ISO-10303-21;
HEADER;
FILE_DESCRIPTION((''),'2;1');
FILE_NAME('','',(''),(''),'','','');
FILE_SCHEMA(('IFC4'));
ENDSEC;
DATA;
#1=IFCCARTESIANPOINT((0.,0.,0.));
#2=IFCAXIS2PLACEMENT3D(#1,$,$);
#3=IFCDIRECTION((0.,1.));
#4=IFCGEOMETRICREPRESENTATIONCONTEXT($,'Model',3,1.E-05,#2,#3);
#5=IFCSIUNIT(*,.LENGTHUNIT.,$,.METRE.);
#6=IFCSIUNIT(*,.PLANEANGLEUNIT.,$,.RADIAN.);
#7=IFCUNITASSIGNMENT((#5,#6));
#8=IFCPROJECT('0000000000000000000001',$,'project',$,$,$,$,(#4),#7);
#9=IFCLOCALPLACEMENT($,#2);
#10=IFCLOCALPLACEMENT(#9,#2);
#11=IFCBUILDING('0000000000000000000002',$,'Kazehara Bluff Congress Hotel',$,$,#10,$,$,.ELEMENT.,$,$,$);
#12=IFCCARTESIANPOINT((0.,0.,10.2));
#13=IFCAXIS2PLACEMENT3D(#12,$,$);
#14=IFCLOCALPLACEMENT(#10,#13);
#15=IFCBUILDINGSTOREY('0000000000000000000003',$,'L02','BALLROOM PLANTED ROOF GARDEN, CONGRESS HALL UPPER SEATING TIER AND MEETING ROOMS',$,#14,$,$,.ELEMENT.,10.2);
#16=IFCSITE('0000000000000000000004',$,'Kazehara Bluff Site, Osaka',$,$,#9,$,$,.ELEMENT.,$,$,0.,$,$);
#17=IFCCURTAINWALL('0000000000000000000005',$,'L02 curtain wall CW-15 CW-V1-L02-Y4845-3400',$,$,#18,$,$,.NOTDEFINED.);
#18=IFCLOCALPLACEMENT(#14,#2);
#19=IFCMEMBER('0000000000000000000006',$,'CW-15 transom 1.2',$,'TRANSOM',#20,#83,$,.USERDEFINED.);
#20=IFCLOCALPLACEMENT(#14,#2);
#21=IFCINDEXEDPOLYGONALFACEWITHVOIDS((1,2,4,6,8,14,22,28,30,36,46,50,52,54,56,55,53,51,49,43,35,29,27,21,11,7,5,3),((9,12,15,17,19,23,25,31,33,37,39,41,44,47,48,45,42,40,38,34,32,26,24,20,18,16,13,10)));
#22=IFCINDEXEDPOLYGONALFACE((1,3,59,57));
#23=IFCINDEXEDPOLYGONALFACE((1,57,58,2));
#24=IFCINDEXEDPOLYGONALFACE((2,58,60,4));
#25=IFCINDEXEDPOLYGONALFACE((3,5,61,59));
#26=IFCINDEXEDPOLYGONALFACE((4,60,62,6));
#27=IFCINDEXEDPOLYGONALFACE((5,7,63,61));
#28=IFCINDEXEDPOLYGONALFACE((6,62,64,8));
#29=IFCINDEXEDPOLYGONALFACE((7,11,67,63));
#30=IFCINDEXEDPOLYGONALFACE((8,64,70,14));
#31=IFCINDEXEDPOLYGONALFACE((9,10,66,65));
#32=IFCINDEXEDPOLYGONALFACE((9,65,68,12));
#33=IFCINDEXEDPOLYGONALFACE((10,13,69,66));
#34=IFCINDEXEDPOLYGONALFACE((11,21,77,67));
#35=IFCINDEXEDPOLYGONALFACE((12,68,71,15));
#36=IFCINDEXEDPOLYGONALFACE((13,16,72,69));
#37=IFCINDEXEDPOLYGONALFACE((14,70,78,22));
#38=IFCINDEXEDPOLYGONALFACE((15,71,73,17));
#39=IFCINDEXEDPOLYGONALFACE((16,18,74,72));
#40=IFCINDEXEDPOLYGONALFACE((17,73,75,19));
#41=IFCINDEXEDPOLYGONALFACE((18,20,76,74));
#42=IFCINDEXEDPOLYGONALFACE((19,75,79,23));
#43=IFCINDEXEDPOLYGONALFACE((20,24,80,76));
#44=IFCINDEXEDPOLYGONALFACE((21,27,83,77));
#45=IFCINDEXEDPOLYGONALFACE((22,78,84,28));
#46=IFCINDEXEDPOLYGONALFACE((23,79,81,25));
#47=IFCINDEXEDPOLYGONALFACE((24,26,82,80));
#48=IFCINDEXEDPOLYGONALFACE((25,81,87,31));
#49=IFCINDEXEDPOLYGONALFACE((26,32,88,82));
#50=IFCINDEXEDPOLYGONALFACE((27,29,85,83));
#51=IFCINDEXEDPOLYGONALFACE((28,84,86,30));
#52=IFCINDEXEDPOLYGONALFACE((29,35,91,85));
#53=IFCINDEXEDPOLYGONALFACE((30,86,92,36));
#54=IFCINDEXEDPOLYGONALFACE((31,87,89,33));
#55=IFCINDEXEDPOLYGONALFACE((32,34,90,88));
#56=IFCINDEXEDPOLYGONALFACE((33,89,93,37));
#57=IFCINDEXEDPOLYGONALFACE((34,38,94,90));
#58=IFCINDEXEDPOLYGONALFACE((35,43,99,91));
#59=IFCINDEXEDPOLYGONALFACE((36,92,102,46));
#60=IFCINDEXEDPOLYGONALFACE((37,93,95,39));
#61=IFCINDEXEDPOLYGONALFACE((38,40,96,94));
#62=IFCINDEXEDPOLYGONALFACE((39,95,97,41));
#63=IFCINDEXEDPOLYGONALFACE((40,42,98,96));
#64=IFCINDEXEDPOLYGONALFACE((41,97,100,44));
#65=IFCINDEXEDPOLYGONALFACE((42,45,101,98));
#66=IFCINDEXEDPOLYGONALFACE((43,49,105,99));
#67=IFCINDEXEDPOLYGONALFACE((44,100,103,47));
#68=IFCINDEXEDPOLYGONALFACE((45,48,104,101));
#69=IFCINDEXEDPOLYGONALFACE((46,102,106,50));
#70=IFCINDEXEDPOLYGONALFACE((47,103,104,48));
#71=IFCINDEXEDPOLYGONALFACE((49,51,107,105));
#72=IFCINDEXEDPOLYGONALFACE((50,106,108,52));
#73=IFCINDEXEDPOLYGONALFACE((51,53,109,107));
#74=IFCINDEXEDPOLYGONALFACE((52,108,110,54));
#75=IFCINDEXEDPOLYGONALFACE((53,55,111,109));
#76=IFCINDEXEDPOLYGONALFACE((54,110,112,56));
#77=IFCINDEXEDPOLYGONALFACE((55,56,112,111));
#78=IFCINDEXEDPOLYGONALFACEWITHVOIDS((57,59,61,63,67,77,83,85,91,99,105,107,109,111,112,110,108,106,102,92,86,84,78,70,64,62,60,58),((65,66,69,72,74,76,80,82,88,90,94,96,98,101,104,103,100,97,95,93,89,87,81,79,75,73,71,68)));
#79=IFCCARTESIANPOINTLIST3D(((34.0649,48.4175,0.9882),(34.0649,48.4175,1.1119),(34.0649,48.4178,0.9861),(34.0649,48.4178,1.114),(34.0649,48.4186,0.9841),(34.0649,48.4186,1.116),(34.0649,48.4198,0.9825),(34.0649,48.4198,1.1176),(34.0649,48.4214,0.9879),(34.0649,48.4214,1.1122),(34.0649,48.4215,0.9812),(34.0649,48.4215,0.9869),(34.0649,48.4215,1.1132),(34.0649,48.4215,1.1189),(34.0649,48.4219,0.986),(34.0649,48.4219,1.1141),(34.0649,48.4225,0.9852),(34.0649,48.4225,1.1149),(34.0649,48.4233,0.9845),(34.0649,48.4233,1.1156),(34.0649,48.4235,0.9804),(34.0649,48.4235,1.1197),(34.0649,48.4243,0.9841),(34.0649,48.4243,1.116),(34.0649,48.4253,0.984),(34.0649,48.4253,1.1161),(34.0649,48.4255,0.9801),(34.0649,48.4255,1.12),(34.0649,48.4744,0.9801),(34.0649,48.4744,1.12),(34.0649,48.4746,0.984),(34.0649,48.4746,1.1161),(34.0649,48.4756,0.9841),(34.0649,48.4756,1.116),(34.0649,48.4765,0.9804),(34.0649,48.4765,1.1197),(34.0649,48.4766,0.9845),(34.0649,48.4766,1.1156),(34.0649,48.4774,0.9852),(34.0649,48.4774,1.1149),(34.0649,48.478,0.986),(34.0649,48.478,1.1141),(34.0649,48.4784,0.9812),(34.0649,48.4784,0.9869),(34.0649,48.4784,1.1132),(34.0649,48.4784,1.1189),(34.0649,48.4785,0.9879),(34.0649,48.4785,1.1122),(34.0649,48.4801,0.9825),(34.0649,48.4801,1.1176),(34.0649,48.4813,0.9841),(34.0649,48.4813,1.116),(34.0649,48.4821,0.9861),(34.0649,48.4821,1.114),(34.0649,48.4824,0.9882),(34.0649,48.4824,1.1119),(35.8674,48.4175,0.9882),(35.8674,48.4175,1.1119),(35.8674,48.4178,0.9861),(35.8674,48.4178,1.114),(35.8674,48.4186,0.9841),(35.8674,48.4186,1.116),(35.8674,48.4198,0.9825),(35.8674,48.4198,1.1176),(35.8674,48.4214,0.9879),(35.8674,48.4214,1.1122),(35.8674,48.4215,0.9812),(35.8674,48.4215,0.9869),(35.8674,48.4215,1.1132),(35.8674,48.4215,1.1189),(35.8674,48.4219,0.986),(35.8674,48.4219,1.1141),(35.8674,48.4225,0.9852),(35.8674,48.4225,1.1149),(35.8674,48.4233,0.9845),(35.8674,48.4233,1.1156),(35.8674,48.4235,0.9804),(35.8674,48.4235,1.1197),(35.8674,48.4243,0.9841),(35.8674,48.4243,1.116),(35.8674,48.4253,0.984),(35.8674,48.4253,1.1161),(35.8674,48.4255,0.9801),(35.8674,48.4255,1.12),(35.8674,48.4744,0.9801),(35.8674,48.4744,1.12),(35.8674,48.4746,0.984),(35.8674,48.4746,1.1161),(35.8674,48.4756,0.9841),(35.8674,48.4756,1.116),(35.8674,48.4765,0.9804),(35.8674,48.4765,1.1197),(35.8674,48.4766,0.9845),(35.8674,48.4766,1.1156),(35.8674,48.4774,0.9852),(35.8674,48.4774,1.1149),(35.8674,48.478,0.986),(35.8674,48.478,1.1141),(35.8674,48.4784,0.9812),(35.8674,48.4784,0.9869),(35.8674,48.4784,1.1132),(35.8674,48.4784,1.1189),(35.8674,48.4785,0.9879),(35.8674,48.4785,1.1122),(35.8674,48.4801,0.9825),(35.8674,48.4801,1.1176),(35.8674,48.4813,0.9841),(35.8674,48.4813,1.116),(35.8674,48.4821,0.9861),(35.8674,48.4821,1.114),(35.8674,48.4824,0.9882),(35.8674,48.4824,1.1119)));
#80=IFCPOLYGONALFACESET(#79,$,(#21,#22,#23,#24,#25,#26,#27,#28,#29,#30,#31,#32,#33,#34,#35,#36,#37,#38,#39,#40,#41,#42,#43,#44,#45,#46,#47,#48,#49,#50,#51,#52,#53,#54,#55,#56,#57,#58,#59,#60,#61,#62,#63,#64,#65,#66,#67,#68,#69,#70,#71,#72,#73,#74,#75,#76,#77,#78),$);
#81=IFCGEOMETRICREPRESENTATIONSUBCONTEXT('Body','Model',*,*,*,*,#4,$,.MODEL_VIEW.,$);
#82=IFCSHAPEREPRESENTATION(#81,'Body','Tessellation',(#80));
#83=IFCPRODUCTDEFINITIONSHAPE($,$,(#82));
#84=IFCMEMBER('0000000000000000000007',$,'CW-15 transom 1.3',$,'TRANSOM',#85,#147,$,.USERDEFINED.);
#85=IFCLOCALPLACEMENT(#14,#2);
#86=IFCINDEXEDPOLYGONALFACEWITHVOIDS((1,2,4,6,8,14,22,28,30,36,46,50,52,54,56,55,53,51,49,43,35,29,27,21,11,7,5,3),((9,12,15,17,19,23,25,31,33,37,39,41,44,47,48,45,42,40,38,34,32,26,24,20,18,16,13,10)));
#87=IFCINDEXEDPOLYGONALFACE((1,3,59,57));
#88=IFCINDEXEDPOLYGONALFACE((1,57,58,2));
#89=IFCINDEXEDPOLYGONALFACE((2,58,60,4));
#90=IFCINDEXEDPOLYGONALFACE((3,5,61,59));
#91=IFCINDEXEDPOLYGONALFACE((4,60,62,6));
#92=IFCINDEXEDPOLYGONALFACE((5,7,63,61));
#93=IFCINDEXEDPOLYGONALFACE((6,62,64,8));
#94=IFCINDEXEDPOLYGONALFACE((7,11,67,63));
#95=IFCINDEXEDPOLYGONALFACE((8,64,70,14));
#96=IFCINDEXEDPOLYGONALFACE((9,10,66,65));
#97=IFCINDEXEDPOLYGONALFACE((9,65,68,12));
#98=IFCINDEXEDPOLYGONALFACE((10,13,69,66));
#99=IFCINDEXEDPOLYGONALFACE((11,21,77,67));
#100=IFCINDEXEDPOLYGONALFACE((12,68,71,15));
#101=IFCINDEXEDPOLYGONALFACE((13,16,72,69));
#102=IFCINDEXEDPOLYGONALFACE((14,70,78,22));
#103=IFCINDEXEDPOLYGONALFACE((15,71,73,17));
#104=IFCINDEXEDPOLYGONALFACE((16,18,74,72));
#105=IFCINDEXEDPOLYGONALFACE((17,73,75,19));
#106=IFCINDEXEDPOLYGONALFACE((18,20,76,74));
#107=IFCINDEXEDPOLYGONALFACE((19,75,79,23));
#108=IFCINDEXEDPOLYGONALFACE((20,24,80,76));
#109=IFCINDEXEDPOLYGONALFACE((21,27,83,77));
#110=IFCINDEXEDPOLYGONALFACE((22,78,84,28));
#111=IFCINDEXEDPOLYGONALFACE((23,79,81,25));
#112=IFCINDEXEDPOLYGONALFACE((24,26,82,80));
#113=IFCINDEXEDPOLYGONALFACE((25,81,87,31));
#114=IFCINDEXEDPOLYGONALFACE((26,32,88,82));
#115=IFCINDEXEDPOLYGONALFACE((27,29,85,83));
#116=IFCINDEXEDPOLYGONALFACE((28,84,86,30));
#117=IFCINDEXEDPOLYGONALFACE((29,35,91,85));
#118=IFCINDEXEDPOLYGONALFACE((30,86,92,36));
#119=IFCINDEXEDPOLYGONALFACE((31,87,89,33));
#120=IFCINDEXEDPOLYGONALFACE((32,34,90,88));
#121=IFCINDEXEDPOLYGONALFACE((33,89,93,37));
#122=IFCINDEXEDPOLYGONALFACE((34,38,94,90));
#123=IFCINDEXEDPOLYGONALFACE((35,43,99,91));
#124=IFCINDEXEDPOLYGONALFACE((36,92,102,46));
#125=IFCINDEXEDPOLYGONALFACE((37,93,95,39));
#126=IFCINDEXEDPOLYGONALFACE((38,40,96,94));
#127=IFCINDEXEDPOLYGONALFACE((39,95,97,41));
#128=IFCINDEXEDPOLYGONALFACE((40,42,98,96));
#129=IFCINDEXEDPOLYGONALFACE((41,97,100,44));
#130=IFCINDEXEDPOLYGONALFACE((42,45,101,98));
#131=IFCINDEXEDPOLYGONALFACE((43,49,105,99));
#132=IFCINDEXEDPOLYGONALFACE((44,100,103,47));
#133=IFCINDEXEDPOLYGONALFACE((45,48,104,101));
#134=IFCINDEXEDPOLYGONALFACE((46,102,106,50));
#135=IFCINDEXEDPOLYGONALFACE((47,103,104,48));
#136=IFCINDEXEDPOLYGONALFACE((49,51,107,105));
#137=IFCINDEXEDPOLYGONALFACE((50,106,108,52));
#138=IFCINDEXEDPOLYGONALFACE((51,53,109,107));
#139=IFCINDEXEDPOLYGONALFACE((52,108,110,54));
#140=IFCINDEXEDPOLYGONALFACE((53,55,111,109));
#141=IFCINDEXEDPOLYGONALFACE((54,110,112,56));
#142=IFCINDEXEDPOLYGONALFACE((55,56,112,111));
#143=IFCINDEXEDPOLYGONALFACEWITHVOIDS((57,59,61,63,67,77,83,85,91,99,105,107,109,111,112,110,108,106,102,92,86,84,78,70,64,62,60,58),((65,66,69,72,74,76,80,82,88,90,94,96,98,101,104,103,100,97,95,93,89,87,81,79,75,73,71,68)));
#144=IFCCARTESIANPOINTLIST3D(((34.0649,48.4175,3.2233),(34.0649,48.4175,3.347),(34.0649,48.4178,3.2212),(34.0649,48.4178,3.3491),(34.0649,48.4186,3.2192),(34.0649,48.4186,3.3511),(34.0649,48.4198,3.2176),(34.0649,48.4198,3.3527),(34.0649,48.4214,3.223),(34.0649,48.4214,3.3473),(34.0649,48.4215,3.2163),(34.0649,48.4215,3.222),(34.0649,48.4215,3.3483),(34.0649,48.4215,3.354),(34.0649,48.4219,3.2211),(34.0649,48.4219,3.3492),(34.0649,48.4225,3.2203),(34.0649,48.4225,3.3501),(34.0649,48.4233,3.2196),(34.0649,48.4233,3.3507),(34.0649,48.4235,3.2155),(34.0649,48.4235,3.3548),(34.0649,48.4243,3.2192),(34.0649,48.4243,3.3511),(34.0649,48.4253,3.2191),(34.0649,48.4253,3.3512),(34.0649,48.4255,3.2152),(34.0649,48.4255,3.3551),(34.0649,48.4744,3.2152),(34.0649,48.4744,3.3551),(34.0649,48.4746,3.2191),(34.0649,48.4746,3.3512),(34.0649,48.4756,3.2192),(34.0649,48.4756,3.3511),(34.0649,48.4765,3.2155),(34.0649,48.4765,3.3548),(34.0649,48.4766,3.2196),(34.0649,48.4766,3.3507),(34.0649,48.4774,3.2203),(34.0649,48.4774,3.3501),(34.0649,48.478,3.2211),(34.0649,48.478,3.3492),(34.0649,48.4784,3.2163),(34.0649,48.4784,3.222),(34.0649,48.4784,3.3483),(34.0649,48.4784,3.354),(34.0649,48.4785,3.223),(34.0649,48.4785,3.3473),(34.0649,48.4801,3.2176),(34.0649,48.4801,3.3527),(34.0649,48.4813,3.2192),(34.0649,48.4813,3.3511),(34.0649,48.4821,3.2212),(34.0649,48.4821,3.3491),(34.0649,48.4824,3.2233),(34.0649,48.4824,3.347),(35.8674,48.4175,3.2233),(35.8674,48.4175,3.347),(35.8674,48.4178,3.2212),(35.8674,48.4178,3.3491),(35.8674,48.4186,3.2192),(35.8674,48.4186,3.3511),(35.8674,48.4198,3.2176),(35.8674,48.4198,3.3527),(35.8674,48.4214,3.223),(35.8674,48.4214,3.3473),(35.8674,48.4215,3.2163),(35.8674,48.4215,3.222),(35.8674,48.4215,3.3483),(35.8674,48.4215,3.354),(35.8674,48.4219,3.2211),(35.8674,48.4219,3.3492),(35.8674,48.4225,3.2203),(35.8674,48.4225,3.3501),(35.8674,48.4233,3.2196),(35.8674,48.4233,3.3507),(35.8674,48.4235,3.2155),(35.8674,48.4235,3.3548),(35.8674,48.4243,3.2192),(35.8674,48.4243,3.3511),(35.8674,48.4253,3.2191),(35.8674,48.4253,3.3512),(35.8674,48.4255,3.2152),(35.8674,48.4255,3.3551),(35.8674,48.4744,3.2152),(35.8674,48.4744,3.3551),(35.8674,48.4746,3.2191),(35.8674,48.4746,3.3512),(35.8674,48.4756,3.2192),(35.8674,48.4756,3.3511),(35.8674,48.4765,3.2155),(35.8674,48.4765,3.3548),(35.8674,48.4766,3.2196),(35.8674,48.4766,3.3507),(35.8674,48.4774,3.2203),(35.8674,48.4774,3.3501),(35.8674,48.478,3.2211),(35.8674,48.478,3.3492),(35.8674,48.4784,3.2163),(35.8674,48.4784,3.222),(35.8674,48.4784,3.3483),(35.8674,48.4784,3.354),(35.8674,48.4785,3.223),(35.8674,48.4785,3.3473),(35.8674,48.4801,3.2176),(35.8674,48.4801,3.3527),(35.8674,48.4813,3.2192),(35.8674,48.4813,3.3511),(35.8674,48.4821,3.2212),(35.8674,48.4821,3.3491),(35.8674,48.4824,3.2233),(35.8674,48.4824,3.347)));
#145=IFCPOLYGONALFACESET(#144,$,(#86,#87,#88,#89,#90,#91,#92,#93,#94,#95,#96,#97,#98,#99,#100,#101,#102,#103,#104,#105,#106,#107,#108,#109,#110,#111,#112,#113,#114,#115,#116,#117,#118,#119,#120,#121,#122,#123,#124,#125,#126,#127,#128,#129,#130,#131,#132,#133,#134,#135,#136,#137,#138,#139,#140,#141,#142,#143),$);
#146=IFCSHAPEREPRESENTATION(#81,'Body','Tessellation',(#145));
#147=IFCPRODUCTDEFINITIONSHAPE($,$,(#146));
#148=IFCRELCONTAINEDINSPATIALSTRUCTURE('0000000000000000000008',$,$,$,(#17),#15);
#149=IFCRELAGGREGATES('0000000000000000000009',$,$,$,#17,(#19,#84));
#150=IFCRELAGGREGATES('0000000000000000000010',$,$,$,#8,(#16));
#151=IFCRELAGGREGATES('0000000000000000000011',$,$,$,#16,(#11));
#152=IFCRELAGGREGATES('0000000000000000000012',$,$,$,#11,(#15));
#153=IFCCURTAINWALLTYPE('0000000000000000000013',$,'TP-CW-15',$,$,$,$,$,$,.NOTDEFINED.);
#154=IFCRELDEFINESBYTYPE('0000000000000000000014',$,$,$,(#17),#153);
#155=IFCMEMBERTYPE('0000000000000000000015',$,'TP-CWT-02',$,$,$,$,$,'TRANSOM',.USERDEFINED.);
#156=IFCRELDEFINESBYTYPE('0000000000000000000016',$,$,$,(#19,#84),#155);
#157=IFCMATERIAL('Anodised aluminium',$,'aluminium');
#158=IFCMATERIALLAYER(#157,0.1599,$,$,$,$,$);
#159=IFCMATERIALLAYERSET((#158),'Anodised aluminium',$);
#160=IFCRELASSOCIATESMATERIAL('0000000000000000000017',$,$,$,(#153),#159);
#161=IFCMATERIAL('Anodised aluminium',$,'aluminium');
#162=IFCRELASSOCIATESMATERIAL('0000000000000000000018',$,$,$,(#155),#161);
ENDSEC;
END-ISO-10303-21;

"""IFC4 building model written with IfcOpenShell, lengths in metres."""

from ifc_helpers import new_model, si_unit, direction, frame, origin, origin_2d, place, context, subcontext, project, spatial, hollow_rectangle, extrude, material, layer, layer_set, material_profile, profile_set, type_object, element, aggregate, save


model = new_model("IFC4")

# Units and contexts
model_context = context("Model", 3, precision=1e-05, world=origin(), true_north=direction((0.0, 1.0)))
body_context = subcontext(model_context, "Body", "Model", "MODEL_VIEW")
ifc_project = project(units=[si_unit("LENGTHUNIT", "METRE"), si_unit("PLANEANGLEUNIT", "RADIAN")], contexts=[model_context])

# Site, building, storey
site_placement = place(None, origin())
site = spatial("IfcSite", under=ifc_project, at=site_placement, Name="Kazehara Bluff Site, Osaka", CompositionType="ELEMENT", RefElevation=0.0)
building_placement = place(site_placement, origin())
building = spatial("IfcBuilding", under=site, at=building_placement, Name="Kazehara Bluff Congress Hotel", CompositionType="ELEMENT")
storey_placement = place(building_placement, frame((0.0, 0.0, 10.2)))
storey = spatial("IfcBuildingStorey", under=building, at=storey_placement, Name="L02", Description="BALLROOM PLANTED ROOF GARDEN, CONGRESS HALL UPPER SEATING TIER AND MEETING ROOMS", CompositionType="ELEMENT", Elevation=10.2)

# Curtain wall
ifc_material_1 = material(Name="Anodised aluminium", Category="aluminium")
ifc_layer_1 = layer(ifc_material_1, 0.1599)
ifc_layer_set_1 = layer_set([ifc_layer_1], Name="Anodised aluminium")
curtain_wall_type = type_object("IfcCurtainWallType", Name="TP-CW-15", PredefinedType="NOTDEFINED", material=ifc_layer_set_1)
curtain_wall_1_placement = place(storey_placement, origin())
curtain_wall_1 = element("IfcCurtainWall", 1, at=curtain_wall_1_placement, inside=storey, type_object=curtain_wall_type, Name="L02 curtain wall CW-15 CW-V1-L02-Y4845-3400", PredefinedType="NOTDEFINED")

# Members
ifc_material_2 = material(Name="Anodised aluminium", Category="aluminium")
ifc_material_profile_1 = material_profile(ifc_material_2, hollow_rectangle(XDim=0.0649, YDim=0.1399, WallThickness=0.0039, InnerFilletRadius=0.0039, OuterFilletRadius=0.0081, at=origin_2d()))
ifc_profile_set_1 = profile_set([ifc_material_profile_1], Name="Anodised aluminium")
member_type_1 = type_object("IfcMemberType", Name="TP-CWT-02", ElementType="TRANSOM", PredefinedType="USERDEFINED", material=ifc_profile_set_1)
member_1_placement = place(storey_placement, frame((34.0649, 48.45, 1.05), z_axis=(1.0, 0.0, 0.0), x_axis=(0.0, 1.0, 0.0)))
member_1 = element("IfcMember", 2, at=member_1_placement, type_object=member_type_1, Name="CW-15 transom 1.2", ObjectType="TRANSOM", PredefinedType="USERDEFINED", context=body_context, shape_type="SweptSolid", body=[
    extrude(hollow_rectangle(XDim=0.0649, YDim=0.1399, WallThickness=0.0039, InnerFilletRadius=0.0039, OuterFilletRadius=0.0081, at=origin_2d()), origin(), (0.0, 0.0, 1.0), 1.8025),
])
member_2_placement = place(storey_placement, frame((34.0649, 48.45, 3.2852), z_axis=(1.0, 0.0, 0.0), x_axis=(0.0, 1.0, 0.0)))
member_2 = element("IfcMember", 3, at=member_2_placement, type_object=member_type_1, Name="CW-15 transom 1.3", ObjectType="TRANSOM", PredefinedType="USERDEFINED", context=body_context, shape_type="SweptSolid", body=[
    extrude(hollow_rectangle(XDim=0.0649, YDim=0.1399, WallThickness=0.0039, InnerFilletRadius=0.0039, OuterFilletRadius=0.0081, at=origin_2d()), origin(), (0.0, 0.0, 1.0), 1.8025),
])

aggregate(curtain_wall_1, [member_1, member_2])

save(model, "model.ifc")
